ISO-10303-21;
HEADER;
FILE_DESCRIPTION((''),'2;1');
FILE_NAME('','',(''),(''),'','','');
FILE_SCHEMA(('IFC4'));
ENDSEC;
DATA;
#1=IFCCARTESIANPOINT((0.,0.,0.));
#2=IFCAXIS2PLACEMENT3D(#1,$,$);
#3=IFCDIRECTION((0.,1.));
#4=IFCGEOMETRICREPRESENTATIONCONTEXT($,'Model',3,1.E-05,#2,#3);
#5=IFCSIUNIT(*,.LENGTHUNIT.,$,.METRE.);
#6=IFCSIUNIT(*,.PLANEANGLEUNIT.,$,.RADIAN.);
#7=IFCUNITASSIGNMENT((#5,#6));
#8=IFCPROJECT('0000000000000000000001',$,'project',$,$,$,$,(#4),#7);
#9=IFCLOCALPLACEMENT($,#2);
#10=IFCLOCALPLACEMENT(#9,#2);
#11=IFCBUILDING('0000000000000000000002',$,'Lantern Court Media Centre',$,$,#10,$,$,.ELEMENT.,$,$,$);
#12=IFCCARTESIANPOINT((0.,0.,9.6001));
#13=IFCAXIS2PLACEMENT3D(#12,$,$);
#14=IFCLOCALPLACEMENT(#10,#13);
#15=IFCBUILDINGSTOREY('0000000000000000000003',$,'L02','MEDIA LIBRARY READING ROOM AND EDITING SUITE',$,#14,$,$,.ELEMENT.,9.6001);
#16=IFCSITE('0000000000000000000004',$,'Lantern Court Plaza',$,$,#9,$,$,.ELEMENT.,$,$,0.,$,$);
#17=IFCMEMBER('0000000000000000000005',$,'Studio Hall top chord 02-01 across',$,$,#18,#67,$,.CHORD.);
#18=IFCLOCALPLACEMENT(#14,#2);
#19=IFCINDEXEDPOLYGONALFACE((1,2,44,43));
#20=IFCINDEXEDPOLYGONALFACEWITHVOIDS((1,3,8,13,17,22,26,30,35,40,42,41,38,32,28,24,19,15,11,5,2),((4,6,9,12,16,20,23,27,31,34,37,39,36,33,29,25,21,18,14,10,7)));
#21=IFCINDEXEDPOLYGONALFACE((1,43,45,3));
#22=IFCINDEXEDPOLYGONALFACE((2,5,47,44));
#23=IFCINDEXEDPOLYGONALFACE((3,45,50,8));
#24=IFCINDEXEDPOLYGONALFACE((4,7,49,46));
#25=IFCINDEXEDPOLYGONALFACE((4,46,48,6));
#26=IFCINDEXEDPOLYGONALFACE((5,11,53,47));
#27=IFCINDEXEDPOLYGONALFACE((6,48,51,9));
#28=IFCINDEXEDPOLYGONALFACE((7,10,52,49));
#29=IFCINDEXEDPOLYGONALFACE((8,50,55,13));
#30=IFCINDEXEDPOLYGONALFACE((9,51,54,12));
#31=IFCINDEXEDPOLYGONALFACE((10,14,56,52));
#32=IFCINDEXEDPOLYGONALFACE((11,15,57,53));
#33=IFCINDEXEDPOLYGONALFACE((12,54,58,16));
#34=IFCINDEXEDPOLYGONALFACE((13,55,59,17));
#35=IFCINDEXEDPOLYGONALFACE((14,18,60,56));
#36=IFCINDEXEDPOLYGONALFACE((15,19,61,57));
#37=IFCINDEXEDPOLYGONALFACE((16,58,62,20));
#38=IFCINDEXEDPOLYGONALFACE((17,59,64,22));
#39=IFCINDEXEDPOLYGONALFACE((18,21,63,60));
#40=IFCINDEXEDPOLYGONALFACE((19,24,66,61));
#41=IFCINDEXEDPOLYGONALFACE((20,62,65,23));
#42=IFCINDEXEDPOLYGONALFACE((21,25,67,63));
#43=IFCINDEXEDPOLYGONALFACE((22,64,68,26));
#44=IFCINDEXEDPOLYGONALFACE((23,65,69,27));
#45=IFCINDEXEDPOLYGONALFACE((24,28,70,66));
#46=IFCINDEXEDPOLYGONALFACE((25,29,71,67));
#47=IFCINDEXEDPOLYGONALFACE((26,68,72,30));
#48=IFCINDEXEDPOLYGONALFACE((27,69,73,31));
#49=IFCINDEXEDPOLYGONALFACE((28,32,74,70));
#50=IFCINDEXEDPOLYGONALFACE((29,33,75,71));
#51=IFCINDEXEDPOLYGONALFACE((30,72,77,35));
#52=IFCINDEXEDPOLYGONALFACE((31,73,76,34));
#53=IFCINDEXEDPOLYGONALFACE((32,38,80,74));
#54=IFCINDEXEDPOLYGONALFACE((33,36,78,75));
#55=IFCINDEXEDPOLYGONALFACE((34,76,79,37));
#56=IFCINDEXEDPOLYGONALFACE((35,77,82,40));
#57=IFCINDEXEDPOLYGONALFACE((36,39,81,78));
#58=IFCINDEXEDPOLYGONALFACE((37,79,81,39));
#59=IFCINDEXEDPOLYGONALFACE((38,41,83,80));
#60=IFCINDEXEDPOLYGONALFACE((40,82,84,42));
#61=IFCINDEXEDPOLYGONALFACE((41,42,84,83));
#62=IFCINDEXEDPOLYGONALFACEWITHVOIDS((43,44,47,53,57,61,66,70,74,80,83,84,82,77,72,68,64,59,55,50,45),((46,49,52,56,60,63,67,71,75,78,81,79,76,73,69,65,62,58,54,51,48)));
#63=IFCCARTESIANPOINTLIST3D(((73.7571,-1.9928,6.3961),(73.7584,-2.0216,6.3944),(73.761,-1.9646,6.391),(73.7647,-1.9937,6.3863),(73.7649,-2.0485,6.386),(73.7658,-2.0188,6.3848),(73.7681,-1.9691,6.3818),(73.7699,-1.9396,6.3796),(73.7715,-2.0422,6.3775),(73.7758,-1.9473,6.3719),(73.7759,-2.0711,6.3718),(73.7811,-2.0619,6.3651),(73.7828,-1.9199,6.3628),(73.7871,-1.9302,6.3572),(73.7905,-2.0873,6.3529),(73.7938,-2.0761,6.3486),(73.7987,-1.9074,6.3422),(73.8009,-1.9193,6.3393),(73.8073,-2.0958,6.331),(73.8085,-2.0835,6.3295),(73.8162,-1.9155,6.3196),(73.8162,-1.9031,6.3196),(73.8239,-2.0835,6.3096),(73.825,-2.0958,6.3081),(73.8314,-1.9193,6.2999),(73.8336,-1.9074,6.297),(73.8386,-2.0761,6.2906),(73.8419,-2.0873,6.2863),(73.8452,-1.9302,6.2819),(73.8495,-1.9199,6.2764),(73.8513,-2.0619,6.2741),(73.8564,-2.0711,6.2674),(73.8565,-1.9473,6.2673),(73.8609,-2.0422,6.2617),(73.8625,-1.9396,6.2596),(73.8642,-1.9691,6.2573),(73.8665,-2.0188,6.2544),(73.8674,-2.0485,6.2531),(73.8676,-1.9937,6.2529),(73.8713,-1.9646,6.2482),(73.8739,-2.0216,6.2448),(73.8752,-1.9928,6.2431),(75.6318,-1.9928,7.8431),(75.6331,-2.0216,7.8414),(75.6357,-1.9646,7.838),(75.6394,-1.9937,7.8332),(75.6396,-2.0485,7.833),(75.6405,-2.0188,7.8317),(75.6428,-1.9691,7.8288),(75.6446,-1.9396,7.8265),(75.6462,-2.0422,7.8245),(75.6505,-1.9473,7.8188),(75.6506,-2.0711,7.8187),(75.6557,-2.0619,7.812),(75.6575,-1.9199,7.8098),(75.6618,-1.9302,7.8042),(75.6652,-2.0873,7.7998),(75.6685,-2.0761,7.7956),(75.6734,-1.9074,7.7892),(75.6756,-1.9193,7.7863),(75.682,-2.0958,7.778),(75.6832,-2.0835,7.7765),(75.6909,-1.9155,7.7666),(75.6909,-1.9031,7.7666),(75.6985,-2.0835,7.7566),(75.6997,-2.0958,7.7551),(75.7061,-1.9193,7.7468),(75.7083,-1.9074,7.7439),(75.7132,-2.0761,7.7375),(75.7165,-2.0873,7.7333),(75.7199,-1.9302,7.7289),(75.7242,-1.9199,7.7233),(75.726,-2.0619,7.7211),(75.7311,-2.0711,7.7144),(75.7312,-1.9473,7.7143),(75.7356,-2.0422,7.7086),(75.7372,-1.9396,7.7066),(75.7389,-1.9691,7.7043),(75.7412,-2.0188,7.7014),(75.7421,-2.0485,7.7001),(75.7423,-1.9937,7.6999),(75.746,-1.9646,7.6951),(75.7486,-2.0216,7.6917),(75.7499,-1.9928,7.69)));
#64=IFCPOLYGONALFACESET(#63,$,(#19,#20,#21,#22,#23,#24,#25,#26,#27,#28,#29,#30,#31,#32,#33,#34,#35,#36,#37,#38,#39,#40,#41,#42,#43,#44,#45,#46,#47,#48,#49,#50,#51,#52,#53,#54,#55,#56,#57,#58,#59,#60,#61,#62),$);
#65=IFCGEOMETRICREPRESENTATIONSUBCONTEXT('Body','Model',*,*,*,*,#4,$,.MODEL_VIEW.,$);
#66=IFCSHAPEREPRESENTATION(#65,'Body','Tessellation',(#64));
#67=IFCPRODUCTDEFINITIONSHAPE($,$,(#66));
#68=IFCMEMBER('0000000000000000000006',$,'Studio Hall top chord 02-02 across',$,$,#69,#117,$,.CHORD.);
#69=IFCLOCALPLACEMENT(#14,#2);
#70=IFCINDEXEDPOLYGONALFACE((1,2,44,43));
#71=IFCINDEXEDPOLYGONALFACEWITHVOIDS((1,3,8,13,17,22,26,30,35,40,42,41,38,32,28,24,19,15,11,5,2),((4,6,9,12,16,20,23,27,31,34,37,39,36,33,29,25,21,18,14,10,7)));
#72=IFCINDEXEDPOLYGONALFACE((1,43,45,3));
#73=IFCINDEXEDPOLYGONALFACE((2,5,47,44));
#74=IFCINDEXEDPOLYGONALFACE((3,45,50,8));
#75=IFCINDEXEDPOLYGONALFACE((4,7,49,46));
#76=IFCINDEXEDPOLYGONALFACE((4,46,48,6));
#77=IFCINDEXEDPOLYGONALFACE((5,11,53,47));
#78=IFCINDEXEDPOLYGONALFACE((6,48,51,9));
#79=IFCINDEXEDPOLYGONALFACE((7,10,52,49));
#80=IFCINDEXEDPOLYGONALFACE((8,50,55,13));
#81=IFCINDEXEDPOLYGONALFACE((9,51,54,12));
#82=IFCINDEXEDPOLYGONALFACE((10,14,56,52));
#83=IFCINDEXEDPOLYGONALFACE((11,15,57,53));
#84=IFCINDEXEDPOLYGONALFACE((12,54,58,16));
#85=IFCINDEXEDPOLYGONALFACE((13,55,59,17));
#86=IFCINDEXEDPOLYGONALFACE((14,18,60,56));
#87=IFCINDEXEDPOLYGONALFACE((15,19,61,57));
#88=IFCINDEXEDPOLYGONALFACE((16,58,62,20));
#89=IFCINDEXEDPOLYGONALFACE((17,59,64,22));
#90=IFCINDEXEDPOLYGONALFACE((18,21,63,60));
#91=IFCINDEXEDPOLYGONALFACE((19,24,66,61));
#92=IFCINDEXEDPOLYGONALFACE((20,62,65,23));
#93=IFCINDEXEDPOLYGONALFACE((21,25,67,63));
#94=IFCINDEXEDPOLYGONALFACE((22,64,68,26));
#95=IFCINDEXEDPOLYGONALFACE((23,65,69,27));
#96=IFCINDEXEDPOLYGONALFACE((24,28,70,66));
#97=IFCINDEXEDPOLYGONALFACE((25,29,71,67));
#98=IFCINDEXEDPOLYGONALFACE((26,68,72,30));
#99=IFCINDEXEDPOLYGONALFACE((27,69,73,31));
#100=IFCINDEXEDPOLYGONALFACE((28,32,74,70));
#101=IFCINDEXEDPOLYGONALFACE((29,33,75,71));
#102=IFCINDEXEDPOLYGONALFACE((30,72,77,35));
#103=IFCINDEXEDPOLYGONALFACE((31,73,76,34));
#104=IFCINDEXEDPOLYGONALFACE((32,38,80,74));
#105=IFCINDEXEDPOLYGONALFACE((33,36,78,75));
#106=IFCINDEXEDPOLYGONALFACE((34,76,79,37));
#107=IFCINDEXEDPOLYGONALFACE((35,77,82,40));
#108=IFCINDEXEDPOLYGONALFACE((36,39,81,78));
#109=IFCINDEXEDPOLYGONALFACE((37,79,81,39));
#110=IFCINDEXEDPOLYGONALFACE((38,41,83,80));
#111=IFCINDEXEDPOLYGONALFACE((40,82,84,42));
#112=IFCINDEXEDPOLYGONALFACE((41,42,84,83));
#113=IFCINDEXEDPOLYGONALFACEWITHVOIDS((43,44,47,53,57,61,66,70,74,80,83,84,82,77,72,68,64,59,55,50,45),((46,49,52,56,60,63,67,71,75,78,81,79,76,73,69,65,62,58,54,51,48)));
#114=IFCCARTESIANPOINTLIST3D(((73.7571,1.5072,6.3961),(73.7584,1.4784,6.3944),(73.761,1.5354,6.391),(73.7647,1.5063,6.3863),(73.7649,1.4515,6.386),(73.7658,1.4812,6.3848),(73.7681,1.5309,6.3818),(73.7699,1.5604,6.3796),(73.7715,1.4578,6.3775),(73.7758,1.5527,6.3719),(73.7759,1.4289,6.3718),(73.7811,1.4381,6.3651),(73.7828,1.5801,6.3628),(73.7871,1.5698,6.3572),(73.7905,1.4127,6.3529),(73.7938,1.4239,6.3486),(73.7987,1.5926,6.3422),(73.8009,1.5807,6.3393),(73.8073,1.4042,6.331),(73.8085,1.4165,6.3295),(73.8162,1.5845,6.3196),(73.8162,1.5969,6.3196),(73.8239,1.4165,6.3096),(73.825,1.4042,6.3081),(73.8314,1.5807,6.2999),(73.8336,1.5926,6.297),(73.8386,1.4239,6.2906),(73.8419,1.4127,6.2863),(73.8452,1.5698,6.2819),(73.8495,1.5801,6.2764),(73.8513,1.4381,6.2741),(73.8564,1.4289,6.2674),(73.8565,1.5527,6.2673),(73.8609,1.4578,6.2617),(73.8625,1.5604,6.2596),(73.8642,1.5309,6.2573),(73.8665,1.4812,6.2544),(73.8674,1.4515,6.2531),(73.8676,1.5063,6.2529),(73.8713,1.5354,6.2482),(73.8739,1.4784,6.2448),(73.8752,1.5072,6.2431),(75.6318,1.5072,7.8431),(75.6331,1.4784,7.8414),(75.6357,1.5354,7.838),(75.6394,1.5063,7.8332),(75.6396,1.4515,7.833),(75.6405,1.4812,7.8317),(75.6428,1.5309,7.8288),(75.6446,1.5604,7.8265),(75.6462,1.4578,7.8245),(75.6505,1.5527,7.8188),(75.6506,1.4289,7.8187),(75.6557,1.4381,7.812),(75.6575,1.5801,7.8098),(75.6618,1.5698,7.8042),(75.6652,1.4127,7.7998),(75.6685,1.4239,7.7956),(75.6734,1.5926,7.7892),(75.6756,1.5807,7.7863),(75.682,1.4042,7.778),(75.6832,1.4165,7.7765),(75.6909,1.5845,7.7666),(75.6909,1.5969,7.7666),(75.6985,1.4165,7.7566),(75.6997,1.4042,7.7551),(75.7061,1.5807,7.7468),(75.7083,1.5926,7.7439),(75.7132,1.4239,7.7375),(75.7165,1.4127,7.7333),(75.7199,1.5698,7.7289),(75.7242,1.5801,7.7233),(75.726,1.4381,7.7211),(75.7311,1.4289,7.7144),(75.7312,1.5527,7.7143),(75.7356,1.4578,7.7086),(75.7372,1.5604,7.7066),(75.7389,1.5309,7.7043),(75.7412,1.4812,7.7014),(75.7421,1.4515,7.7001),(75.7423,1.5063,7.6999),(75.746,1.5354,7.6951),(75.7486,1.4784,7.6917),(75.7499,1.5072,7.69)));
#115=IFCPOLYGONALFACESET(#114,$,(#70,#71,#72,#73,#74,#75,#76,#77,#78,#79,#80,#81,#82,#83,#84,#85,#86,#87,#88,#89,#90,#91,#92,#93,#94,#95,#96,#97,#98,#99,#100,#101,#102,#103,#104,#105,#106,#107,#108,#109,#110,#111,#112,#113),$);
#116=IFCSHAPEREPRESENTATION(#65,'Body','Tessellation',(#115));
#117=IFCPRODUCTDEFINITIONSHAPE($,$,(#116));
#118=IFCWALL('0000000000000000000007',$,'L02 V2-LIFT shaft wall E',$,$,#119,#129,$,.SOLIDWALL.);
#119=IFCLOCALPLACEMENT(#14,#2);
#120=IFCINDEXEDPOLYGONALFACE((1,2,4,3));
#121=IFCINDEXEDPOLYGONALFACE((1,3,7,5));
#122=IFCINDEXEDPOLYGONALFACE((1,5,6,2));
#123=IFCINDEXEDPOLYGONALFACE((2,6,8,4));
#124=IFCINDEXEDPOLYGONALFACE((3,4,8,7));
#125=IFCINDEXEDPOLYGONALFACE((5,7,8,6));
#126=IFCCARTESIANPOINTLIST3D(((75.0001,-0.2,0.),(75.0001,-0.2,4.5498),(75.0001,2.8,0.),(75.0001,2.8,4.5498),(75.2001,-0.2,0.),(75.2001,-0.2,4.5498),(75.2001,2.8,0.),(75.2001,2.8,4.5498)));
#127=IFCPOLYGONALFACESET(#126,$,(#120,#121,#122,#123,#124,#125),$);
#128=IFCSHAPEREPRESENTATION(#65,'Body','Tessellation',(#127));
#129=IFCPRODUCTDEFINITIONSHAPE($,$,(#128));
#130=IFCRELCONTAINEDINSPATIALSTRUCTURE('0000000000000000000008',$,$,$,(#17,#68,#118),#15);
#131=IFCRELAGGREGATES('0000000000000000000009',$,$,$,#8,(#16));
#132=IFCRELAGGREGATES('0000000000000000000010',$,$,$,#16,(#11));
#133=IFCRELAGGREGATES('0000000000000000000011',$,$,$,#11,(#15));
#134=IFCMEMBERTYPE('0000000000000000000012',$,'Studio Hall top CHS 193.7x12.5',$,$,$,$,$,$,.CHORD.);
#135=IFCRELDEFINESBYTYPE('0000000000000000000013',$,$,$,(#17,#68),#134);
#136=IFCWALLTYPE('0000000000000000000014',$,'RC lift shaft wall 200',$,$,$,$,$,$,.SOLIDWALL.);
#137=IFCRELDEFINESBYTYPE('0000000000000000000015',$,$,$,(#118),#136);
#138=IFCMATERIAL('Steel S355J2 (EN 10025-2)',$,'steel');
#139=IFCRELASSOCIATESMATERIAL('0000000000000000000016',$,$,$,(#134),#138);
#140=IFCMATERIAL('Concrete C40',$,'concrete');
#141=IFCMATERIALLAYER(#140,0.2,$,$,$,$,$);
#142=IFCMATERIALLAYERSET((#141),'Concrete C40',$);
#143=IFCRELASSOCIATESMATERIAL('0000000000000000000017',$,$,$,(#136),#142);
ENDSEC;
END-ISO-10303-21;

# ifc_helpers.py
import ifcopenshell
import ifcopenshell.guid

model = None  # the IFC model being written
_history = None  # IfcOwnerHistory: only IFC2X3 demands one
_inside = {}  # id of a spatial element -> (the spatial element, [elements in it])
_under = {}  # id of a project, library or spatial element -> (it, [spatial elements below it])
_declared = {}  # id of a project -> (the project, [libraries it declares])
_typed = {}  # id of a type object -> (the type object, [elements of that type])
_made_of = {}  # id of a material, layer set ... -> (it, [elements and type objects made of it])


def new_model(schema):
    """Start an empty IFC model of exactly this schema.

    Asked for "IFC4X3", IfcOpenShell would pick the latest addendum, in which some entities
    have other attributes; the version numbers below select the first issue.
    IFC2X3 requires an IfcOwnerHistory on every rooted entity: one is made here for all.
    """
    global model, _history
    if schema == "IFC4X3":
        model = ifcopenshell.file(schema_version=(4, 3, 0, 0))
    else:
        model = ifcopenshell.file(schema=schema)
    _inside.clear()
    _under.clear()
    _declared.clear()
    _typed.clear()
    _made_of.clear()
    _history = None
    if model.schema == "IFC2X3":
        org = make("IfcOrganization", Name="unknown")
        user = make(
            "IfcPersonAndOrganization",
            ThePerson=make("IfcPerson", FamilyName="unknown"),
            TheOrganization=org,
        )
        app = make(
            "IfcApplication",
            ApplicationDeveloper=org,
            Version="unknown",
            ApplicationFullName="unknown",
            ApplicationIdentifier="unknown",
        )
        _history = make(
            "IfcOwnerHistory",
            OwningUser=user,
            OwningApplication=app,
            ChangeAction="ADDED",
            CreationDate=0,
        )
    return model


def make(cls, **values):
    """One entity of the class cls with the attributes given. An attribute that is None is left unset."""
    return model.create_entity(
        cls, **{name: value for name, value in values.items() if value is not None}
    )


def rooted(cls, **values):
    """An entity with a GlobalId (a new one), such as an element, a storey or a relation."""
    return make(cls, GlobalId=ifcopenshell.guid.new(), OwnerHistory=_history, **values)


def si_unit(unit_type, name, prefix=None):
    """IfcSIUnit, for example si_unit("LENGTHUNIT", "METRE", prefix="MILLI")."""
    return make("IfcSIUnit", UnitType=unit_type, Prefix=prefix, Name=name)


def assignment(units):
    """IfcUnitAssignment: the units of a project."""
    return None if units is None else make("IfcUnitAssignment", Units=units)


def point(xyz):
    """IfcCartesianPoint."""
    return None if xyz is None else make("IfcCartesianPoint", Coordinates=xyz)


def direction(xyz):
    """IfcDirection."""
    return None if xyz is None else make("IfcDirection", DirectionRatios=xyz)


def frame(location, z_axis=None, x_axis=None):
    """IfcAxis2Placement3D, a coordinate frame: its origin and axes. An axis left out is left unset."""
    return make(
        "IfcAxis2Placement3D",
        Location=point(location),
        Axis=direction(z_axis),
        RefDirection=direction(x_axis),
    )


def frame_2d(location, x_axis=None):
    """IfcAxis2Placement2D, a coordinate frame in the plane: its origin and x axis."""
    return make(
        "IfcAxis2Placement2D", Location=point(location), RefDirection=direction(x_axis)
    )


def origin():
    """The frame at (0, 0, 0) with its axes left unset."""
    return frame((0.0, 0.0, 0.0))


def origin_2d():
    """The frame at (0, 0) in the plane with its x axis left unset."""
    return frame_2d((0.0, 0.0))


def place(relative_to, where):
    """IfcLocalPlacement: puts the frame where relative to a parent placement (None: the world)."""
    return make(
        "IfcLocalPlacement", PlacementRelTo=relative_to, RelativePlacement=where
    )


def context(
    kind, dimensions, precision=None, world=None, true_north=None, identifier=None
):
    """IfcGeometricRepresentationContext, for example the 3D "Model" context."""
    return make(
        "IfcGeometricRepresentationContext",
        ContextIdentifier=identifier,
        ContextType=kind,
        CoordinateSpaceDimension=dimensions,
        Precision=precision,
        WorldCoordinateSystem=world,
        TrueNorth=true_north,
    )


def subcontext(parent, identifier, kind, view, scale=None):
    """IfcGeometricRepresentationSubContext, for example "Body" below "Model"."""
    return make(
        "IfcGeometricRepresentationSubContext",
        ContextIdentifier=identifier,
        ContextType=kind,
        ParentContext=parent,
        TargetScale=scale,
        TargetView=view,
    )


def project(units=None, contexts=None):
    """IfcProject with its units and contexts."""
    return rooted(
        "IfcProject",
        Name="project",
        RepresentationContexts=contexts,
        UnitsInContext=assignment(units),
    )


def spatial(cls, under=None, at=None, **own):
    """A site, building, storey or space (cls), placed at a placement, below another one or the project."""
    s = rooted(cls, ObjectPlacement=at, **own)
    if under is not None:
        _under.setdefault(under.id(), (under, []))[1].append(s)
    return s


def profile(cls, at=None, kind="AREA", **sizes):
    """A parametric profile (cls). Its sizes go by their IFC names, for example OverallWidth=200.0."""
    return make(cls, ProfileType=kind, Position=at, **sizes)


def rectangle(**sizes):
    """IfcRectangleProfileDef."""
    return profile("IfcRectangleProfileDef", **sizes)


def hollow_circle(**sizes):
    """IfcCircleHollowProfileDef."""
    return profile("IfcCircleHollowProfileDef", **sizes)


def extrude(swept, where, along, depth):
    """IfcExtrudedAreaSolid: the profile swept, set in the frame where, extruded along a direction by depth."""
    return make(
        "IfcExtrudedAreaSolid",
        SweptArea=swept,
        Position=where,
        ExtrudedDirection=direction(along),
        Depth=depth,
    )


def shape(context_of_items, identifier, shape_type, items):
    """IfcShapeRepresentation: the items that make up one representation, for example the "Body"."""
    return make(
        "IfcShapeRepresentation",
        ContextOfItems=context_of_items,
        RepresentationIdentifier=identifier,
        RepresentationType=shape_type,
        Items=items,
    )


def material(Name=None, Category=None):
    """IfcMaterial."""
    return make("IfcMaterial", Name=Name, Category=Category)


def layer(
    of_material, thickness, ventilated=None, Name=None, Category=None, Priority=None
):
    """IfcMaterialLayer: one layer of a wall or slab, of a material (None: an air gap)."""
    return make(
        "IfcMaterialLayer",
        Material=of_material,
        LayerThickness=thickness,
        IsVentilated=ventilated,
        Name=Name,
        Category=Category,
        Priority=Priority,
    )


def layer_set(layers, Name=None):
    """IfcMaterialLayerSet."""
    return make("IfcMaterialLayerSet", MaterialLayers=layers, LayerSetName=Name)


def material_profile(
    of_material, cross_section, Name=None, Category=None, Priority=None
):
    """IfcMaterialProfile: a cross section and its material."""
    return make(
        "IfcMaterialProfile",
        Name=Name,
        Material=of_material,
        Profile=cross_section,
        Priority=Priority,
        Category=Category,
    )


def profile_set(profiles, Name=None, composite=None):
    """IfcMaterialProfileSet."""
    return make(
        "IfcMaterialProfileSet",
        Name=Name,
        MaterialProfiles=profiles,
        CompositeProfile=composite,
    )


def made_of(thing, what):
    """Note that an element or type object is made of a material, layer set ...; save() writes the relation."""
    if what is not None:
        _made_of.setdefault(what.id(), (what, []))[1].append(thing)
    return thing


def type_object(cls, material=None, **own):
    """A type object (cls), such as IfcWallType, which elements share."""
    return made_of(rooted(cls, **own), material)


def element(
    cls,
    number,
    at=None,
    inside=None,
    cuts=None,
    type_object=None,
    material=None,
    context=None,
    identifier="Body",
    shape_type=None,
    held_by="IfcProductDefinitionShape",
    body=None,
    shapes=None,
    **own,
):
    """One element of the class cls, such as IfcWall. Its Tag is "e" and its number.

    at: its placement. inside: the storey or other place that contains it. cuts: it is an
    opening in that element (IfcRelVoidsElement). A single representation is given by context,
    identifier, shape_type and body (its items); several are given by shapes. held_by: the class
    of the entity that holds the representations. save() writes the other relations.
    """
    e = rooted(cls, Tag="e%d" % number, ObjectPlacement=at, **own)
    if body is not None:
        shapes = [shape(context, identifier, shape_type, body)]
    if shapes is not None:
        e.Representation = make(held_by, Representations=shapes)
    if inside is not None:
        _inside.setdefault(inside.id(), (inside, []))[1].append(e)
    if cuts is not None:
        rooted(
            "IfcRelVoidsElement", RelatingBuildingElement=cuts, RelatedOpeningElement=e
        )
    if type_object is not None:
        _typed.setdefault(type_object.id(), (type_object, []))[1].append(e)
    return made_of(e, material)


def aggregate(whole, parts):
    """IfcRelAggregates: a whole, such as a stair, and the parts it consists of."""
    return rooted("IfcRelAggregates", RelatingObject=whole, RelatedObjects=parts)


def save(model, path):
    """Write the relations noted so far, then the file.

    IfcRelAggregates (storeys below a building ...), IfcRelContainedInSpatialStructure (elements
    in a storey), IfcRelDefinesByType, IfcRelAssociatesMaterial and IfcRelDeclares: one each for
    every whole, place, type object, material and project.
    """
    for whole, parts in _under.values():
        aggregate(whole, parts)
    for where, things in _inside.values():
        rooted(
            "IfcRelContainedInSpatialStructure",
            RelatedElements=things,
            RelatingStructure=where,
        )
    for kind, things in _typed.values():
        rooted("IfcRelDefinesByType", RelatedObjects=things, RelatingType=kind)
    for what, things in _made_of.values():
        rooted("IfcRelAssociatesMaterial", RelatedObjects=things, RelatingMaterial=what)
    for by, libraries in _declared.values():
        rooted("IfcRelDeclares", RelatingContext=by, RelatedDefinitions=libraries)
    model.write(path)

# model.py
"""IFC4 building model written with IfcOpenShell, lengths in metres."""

from ifc_helpers import new_model, si_unit, direction, frame, frame_2d, origin, origin_2d, place, context, subcontext, project, spatial, rectangle, hollow_circle, extrude, material, layer, layer_set, material_profile, profile_set, type_object, element, save


model = new_model("IFC4")

# Units and contexts
model_context = context("Model", 3, precision=1e-05, world=origin(), true_north=direction((0.0, 1.0)))
body_context = subcontext(model_context, "Body", "Model", "MODEL_VIEW")
ifc_project = project(units=[si_unit("LENGTHUNIT", "METRE"), si_unit("PLANEANGLEUNIT", "RADIAN")], contexts=[model_context])

# Site, building, storey
site_placement = place(None, origin())
site = spatial("IfcSite", under=ifc_project, at=site_placement, Name="Lantern Court Plaza", CompositionType="ELEMENT", RefElevation=0.0)
building_placement = place(site_placement, origin())
building = spatial("IfcBuilding", under=site, at=building_placement, Name="Lantern Court Media Centre", CompositionType="ELEMENT")
storey_placement = place(building_placement, frame((0.0, 0.0, 9.6001)))
storey = spatial("IfcBuildingStorey", under=building, at=storey_placement, Name="L02", Description="MEDIA LIBRARY READING ROOM AND EDITING SUITE", CompositionType="ELEMENT", Elevation=9.6001)

# Members
ifc_material_1 = material(Name="Steel S355J2 (EN 10025-2)", Category="steel")
ifc_material_profile_1 = material_profile(ifc_material_1, hollow_circle(Radius=0.0969, WallThickness=0.0125, at=origin_2d()), Name="Studio Hall top CHS 193.7x12.5")
ifc_profile_set_1 = profile_set([ifc_material_profile_1], Name="Steel S355J2 (EN 10025-2)")
member_type_1 = type_object("IfcMemberType", Name="Studio Hall top CHS 193.7x12.5", PredefinedType="CHORD", material=ifc_profile_set_1)
for number, where, z_axis, x_axis, name in (
    (1, (73.8162, -2.0, 6.3196), (0.791623, 0.0, 0.61101), (0.0, 1.0, 0.0), "Studio Hall top chord 02-01 across"),
    (2, (73.8162, 1.5, 6.3196), (0.791623, 0.0, 0.61101), (0.0, 1.0, 0.0), "Studio Hall top chord 02-02 across"),
):
    element("IfcMember", number, at=place(storey_placement, frame(where, z_axis=z_axis, x_axis=x_axis)), inside=storey, type_object=member_type_1, Name=name, PredefinedType="CHORD", context=body_context, shape_type="SweptSolid", body=[
        extrude(hollow_circle(Radius=0.0969, WallThickness=0.0125, at=origin_2d()), origin(), (0.0, 0.0, 1.0), 2.3682),
    ])

# Wall
ifc_material_2 = material(Name="Concrete C40", Category="concrete")
ifc_layer = layer(ifc_material_2, 0.2)
ifc_layer_set = layer_set([ifc_layer], Name="Concrete C40")
wall_type = type_object("IfcWallType", Name="RC lift shaft wall 200", PredefinedType="SOLIDWALL", material=ifc_layer_set)
wall_placement = place(storey_placement, frame((75.1001, -0.2, 0.0), z_axis=(0.0, 0.0, 1.0), x_axis=(0.0, 1.0, 0.0)))
element("IfcWall", 3, at=wall_placement, inside=storey, type_object=wall_type, Name="L02 V2-LIFT shaft wall E", PredefinedType="SOLIDWALL", context=body_context, shape_type="SweptSolid", body=[
    extrude(rectangle(XDim=3.0, YDim=0.2, at=frame_2d((1.5, 0.0))), origin(), (0.0, 0.0, 1.0), 4.5498),
])

save(model, "model.ifc")
